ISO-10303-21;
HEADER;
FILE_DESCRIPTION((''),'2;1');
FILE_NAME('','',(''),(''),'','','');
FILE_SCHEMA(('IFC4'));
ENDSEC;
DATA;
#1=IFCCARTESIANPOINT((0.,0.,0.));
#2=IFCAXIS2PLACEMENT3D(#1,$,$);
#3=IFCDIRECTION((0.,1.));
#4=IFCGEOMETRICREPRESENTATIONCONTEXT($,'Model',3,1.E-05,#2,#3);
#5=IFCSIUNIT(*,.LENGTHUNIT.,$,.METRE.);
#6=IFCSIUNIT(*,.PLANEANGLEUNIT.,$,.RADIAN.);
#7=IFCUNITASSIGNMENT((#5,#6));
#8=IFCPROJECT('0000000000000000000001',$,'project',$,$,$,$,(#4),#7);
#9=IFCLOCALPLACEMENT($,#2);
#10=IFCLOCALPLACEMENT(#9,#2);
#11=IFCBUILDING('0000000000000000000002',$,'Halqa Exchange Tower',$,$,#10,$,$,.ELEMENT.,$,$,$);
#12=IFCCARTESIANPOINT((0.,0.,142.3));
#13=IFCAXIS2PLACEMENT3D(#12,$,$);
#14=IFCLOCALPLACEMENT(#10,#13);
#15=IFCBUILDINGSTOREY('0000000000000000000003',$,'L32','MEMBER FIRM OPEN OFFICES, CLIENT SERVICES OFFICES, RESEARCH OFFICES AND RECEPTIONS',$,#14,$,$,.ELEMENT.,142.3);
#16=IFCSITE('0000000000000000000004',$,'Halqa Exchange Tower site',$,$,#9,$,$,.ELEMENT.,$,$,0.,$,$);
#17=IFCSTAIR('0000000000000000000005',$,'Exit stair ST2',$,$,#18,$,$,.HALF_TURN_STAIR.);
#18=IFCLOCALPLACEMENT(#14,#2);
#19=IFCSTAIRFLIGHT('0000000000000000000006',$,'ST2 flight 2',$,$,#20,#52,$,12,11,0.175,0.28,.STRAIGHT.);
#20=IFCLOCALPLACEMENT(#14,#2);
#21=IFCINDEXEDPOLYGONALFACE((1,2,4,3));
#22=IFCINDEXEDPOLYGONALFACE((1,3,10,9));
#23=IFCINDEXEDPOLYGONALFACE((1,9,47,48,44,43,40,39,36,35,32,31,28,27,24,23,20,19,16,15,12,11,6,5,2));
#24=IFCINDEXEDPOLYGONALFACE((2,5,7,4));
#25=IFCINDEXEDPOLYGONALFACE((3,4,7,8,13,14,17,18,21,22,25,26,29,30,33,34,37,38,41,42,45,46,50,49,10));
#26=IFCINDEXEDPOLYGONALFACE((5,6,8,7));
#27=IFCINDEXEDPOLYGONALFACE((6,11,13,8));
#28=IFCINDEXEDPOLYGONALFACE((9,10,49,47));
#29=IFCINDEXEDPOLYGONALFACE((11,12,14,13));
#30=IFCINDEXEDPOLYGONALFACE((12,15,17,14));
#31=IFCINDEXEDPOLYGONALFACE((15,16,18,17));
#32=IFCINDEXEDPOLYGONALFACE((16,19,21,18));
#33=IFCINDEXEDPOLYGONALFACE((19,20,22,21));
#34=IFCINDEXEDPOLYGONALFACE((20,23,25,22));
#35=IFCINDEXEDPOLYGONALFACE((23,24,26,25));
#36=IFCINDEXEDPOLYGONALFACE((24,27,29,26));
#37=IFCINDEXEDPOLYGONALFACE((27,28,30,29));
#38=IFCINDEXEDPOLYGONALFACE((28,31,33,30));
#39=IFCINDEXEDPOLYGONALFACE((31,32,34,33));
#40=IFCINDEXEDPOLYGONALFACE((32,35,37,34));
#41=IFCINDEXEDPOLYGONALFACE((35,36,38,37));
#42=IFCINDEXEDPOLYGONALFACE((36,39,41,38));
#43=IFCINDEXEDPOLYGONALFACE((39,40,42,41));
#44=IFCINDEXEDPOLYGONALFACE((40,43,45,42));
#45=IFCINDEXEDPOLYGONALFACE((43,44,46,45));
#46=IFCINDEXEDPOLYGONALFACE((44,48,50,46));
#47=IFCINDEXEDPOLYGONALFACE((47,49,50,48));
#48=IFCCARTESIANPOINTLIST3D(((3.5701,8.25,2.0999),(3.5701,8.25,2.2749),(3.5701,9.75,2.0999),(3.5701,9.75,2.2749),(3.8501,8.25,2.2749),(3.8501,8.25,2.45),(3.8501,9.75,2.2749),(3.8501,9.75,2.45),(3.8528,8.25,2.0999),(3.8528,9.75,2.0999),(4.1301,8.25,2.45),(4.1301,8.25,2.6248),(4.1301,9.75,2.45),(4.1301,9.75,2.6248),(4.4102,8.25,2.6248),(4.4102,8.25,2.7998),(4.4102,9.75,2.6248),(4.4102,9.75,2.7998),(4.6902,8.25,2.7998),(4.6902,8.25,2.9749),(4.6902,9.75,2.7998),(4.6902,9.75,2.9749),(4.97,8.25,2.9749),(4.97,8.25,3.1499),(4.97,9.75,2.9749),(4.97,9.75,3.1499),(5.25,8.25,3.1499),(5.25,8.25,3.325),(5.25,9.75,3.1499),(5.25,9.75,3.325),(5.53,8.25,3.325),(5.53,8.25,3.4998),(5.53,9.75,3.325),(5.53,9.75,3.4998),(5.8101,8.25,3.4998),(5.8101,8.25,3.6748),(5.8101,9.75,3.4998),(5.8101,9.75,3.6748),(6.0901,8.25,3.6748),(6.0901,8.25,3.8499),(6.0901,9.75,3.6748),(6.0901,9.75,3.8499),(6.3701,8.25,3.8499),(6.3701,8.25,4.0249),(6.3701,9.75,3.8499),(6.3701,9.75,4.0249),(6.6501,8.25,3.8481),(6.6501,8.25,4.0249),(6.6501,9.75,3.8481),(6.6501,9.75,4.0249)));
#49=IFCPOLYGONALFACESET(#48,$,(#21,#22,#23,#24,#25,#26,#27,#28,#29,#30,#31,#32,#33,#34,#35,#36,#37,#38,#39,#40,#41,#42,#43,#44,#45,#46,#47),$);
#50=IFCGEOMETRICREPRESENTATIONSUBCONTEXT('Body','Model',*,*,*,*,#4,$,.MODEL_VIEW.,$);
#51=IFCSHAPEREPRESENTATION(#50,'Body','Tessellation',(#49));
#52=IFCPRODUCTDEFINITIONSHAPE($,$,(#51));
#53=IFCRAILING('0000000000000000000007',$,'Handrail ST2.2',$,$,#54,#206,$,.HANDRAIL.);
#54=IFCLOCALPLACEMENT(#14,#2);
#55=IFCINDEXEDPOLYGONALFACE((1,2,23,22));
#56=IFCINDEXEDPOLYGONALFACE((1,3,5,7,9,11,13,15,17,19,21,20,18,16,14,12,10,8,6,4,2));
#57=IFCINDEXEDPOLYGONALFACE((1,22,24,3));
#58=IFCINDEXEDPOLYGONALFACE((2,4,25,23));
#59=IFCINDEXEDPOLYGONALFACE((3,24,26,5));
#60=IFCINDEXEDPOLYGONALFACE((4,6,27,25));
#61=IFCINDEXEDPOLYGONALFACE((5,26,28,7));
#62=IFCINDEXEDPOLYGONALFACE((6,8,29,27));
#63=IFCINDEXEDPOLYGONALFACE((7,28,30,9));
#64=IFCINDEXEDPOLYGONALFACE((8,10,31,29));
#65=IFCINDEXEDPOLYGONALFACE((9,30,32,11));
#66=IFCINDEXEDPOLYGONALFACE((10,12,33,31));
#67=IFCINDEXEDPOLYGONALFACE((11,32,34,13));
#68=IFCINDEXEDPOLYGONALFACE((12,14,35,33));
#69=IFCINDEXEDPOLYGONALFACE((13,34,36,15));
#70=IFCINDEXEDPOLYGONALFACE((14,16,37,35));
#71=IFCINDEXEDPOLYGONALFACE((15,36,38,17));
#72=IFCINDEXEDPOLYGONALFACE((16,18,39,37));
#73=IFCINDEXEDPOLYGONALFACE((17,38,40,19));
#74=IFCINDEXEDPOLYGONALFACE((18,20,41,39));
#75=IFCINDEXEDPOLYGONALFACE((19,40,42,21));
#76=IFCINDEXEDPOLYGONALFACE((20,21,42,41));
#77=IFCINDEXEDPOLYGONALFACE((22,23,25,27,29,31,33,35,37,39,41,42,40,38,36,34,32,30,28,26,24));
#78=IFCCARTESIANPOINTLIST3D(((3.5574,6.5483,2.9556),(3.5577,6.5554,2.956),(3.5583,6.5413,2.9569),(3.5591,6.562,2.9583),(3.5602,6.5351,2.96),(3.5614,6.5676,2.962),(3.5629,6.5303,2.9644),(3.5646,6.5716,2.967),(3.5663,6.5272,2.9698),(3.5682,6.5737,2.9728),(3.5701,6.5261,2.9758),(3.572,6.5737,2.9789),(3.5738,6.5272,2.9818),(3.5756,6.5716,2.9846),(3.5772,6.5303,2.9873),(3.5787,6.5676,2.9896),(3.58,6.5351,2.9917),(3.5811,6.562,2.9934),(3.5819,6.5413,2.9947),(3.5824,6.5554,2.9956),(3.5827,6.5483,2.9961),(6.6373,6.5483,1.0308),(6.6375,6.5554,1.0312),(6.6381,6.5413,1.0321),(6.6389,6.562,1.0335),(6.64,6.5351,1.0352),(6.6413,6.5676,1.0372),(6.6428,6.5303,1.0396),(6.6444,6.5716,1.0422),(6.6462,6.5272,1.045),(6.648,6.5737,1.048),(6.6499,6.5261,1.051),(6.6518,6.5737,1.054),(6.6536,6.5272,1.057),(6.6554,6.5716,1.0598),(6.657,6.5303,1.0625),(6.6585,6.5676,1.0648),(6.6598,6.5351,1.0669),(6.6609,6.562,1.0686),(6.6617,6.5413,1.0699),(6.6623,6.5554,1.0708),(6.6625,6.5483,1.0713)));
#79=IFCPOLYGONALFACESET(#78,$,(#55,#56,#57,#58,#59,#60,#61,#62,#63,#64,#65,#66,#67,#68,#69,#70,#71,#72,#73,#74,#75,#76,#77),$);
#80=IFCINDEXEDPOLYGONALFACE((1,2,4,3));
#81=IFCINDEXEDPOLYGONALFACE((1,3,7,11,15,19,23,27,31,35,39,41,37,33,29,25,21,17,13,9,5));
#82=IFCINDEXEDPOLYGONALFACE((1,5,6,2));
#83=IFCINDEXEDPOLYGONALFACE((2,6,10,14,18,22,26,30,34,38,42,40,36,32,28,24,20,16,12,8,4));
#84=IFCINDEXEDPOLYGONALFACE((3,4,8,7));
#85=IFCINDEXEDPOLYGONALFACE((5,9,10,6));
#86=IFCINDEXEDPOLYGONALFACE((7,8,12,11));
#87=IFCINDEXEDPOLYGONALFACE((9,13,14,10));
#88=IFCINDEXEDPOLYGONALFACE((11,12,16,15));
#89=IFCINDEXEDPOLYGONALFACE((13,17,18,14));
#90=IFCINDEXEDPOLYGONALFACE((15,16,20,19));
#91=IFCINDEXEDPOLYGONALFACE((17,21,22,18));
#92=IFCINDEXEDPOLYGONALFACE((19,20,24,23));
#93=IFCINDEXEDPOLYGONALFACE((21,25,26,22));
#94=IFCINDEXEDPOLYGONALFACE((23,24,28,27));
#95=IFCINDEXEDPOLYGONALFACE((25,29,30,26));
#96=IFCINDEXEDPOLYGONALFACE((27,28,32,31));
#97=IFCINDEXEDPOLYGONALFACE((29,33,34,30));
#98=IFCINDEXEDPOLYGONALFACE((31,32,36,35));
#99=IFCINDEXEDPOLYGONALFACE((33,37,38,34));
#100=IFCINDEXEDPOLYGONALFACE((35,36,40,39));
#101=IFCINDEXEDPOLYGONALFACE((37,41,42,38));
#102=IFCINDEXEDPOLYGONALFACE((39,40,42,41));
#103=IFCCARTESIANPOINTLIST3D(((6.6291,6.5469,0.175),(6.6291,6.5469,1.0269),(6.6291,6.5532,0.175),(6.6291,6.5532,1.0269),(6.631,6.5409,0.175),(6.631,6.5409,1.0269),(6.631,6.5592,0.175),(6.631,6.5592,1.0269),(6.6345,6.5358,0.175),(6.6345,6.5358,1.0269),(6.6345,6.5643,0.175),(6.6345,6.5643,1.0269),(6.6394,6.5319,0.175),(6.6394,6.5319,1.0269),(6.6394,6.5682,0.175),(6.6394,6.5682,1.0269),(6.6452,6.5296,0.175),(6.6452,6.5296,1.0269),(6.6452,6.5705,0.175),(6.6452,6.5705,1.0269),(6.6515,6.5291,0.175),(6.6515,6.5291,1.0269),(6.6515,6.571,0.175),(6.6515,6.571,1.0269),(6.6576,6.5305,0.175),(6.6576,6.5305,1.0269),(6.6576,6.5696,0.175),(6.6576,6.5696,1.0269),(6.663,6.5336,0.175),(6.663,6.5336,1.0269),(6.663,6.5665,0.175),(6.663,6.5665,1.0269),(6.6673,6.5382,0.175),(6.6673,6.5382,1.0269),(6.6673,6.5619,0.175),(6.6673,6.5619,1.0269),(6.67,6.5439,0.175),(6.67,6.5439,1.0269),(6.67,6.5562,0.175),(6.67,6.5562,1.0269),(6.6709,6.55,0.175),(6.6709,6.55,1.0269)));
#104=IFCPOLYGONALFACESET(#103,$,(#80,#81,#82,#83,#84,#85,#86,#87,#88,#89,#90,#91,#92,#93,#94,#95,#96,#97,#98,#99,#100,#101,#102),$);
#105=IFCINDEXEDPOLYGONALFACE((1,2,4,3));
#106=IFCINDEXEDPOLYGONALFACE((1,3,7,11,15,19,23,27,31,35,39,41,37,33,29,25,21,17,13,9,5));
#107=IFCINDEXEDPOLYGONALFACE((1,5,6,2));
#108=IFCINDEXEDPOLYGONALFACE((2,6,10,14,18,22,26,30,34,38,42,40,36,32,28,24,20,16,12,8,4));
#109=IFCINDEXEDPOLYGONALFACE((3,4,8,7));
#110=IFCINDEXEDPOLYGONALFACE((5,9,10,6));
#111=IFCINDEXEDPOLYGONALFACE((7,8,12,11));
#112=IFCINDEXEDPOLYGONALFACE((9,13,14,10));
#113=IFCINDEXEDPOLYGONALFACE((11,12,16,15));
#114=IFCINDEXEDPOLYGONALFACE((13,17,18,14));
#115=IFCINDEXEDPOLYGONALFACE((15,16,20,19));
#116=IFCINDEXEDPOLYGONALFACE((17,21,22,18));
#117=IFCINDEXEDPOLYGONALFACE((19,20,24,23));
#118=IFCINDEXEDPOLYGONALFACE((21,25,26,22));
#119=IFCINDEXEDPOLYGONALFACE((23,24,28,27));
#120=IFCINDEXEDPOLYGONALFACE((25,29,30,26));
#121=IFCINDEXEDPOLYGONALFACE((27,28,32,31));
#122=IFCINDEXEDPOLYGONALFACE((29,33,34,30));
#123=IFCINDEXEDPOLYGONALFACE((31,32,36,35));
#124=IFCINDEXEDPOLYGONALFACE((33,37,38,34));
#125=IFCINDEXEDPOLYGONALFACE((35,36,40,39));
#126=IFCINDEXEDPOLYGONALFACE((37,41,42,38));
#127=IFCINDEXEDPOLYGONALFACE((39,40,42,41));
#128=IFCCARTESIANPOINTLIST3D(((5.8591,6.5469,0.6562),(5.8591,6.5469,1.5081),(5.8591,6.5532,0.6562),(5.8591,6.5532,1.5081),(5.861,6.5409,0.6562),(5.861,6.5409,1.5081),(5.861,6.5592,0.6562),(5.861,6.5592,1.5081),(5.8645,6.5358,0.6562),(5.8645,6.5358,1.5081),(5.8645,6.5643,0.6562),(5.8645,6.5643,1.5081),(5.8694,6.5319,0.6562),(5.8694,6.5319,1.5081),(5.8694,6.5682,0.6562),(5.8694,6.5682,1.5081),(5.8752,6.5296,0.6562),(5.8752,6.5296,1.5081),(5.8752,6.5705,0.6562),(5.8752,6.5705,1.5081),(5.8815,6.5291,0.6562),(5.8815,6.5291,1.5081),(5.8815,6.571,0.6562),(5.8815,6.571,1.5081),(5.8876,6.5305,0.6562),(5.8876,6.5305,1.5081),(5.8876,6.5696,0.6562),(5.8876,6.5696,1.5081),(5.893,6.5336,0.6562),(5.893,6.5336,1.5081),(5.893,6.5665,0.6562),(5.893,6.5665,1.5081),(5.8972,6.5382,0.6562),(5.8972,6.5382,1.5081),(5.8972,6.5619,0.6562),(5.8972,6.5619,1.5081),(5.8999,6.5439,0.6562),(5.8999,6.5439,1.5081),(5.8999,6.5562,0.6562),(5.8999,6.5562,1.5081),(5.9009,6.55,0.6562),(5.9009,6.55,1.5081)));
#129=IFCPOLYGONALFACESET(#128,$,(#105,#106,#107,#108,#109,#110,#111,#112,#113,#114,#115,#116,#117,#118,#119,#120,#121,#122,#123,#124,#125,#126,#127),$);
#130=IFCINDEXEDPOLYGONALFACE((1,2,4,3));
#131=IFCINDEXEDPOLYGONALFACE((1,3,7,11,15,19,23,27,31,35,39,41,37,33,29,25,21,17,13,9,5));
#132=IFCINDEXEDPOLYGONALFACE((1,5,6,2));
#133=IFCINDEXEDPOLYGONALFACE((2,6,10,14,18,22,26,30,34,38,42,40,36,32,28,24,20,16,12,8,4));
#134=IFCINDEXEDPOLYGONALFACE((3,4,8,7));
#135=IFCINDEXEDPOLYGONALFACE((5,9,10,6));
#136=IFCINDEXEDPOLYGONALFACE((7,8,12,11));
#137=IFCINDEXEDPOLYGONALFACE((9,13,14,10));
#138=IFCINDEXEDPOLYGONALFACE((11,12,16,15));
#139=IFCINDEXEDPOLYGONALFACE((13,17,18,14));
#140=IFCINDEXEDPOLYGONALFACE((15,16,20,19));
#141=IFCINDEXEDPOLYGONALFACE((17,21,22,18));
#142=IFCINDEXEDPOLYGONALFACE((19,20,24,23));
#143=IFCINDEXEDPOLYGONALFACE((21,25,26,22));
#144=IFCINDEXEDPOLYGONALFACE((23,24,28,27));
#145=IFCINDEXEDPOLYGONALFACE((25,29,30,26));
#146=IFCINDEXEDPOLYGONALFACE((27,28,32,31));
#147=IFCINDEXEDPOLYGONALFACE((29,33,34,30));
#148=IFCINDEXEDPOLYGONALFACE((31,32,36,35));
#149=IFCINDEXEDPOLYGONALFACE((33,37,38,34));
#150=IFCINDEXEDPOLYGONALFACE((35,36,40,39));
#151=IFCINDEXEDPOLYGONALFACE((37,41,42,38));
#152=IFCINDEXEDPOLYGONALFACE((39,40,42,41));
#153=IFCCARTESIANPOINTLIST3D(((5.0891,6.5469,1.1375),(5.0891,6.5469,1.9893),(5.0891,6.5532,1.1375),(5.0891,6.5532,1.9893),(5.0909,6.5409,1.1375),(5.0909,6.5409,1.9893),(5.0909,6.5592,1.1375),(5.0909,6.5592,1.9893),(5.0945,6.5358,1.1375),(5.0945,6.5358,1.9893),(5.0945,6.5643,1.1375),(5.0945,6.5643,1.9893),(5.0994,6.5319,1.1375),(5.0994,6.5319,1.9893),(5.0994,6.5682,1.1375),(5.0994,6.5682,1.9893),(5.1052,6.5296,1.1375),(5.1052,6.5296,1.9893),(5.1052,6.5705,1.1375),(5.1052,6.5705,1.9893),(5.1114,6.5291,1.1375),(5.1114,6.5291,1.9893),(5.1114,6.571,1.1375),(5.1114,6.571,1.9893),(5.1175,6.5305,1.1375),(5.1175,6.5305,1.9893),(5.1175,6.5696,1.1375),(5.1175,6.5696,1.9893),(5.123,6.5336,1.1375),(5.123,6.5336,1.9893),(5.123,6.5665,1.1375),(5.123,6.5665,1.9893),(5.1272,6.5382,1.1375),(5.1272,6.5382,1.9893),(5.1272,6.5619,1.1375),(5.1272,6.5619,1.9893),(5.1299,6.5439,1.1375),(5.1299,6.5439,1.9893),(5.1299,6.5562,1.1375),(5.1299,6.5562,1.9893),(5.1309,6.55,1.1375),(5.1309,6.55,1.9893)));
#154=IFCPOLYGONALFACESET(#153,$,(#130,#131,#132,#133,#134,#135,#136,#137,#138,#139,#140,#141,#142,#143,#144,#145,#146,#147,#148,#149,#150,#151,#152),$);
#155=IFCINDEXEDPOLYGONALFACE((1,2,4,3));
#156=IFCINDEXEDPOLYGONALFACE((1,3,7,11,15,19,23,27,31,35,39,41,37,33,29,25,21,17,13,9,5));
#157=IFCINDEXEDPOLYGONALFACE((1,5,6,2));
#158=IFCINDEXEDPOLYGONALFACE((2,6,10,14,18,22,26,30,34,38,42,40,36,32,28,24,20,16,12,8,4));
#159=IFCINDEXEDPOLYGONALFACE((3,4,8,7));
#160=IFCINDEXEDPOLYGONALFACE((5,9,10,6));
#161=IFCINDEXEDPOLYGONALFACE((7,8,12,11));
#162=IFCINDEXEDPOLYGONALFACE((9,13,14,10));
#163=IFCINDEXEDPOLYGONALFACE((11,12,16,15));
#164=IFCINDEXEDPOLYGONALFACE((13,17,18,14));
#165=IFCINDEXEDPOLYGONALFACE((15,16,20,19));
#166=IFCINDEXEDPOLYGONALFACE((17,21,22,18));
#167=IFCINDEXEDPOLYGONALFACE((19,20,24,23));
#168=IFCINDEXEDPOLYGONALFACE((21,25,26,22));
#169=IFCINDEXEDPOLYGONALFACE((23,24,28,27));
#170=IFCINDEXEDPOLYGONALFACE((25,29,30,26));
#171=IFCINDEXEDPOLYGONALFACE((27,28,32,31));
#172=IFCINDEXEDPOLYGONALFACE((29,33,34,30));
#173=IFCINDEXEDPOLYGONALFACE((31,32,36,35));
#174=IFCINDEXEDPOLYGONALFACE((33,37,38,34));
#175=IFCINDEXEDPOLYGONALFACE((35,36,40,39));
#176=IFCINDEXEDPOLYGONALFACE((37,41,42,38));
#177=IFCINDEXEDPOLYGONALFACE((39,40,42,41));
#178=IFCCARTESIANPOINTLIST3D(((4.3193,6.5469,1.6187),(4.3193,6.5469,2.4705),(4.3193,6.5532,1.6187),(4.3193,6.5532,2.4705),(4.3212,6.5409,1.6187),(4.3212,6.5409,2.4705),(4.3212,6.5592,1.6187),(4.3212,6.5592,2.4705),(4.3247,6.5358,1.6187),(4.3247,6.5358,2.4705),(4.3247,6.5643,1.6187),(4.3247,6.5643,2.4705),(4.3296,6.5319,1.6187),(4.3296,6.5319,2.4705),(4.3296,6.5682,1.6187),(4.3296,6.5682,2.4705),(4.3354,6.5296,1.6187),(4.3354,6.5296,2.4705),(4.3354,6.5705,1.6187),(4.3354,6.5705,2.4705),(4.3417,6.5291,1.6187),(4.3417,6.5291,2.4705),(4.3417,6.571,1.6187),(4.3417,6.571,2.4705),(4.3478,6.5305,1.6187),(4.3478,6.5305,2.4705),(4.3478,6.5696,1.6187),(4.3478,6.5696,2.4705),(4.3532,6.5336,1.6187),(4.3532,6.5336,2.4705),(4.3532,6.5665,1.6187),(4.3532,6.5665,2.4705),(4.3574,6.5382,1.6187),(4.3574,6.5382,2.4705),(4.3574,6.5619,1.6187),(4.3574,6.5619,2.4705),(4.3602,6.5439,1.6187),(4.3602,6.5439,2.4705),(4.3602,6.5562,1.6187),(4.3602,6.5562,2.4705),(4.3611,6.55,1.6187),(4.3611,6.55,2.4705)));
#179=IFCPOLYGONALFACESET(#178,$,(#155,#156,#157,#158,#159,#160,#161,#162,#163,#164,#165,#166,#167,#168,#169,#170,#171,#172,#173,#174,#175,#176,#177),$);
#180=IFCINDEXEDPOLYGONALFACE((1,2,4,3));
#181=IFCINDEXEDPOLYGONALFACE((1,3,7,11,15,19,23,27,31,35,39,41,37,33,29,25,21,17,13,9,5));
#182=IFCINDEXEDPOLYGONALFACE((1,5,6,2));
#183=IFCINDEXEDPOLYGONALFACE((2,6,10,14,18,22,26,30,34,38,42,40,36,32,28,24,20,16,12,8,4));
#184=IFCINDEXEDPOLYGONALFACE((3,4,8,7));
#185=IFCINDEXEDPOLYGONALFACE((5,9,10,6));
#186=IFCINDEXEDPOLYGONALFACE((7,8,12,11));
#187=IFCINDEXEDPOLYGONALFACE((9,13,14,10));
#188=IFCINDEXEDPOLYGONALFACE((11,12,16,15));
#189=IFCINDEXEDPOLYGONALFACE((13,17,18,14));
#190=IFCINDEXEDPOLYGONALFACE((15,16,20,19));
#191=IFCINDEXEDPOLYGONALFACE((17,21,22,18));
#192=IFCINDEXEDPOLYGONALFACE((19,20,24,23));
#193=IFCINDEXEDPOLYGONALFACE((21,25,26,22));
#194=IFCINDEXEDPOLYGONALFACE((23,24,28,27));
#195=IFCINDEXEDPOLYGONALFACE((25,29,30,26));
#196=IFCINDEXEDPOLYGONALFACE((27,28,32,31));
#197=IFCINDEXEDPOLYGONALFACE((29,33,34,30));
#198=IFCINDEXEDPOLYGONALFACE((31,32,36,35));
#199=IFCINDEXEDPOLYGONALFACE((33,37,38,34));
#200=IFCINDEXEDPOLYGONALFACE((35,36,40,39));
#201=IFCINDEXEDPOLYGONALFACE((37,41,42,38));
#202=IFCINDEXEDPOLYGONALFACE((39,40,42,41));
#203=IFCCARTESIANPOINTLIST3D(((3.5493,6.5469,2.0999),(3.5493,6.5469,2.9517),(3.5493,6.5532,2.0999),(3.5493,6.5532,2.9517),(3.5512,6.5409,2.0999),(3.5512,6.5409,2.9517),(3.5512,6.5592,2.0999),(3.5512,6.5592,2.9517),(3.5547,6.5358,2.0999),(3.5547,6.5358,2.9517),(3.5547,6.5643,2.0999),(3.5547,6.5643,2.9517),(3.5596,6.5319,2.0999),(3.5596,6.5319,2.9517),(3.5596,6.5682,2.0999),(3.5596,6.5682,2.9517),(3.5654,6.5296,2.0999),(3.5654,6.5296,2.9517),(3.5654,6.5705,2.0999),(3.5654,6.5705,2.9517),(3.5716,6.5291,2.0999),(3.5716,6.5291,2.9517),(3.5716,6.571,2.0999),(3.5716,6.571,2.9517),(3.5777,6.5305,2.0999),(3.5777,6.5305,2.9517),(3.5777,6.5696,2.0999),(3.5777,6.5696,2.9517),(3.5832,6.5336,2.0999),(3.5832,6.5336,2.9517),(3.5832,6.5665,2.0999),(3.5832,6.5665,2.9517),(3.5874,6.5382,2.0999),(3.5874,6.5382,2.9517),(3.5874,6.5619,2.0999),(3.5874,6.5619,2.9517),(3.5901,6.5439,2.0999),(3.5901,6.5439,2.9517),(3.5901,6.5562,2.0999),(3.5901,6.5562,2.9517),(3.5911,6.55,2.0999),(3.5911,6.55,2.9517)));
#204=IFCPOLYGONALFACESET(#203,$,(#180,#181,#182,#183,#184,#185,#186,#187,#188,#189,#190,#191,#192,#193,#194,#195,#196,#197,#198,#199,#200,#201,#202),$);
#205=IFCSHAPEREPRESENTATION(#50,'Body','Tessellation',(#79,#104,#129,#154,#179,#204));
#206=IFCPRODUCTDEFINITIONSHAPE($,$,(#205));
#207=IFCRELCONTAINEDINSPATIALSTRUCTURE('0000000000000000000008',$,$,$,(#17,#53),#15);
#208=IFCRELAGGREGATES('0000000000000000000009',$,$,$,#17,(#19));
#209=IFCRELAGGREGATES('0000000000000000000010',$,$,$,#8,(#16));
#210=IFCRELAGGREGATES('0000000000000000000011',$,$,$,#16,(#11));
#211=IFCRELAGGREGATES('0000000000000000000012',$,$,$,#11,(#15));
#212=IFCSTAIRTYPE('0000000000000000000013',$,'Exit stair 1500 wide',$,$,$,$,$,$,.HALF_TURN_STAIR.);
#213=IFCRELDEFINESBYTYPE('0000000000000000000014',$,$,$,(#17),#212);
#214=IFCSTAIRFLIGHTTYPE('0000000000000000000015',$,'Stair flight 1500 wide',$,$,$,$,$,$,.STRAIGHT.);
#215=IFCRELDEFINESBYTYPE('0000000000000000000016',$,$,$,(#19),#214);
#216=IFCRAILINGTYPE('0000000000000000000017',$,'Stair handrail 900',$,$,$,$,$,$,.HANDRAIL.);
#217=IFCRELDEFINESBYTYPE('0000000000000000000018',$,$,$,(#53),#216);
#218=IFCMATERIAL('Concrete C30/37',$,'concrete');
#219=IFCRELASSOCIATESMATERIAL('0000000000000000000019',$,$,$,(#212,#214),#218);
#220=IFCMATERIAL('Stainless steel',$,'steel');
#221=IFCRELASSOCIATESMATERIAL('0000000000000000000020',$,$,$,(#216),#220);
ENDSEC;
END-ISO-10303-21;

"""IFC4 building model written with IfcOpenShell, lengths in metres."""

from ifc_helpers import new_model, si_unit, direction, frame, origin, origin_2d, place, context, subcontext, project, spatial, polyline, circle, outline, extrude, material, type_object, element, aggregate, save


model = new_model("IFC4")

# Units and contexts
model_context = context("Model", 3, precision=1e-05, world=origin(), true_north=direction((0.0, 1.0)))
body_context = subcontext(model_context, "Body", "Model", "MODEL_VIEW")
ifc_project = project(units=[si_unit("LENGTHUNIT", "METRE"), si_unit("PLANEANGLEUNIT", "RADIAN")], contexts=[model_context])

# Site, building, storey
site_placement = place(None, origin())
site = spatial("IfcSite", under=ifc_project, at=site_placement, Name="Halqa Exchange Tower site", CompositionType="ELEMENT", RefElevation=0.0)
building_placement = place(site_placement, origin())
building = spatial("IfcBuilding", under=site, at=building_placement, Name="Halqa Exchange Tower", CompositionType="ELEMENT")
storey_placement = place(building_placement, frame((0.0, 0.0, 142.3)))
storey = spatial("IfcBuildingStorey", under=building, at=storey_placement, Name="L32", Description="MEMBER FIRM OPEN OFFICES, CLIENT SERVICES OFFICES, RESEARCH OFFICES AND RECEPTIONS", CompositionType="ELEMENT", Elevation=142.3)

# Stair
ifc_material_1 = material(Name="Concrete C30/37", Category="concrete")
stair_type = type_object("IfcStairType", Name="Exit stair 1500 wide", PredefinedType="HALF_TURN_STAIR", material=ifc_material_1)
stair_1_placement = place(storey_placement, origin())
stair_1 = element("IfcStair", 1, at=stair_1_placement, inside=storey, type_object=stair_type, Name="Exit stair ST2", PredefinedType="HALF_TURN_STAIR")

# Stair flight
stair_flight_type = type_object("IfcStairFlightType", Name="Stair flight 1500 wide", PredefinedType="STRAIGHT", material=ifc_material_1)
stair_flight_1_placement = place(storey_placement, frame((3.5701, 9.0, 2.0999), z_axis=(0.0, 0.0, 1.0), x_axis=(1.0, 0.0, 0.0)))
stair_flight_1 = element("IfcStairFlight", 2, at=stair_flight_1_placement, type_object=stair_flight_type, Name="ST2 flight 2", NumberOfRisers=12, NumberOfTreads=11, PredefinedType="STRAIGHT", RiserHeight=0.175, TreadLength=0.28, context=body_context, shape_type="SweptSolid", body=[
    extrude(outline(polyline([(0.0, 0.0), (0.0, 0.175), (0.28, 0.175), (0.28, 0.3501), (0.5601, 0.3501), (0.5601, 0.5249), (0.8401, 0.5249), (0.8401, 0.7), (1.1201, 0.7), (1.1201, 0.875), (1.3999, 0.875), (1.3999, 1.05), (1.6799, 1.05), (1.6799, 1.2251), (1.96, 1.2251), (1.96, 1.3999), (2.24, 1.3999), (2.24, 1.575), (2.52, 1.575), (2.52, 1.75), (2.8, 1.75), (2.8, 1.925), (3.0801, 1.925), (3.0801, 2.1001), (3.0801, 1.7483), (0.2827, 0.0), (0.0, 0.0)])), frame((0.0, 0.75, 0.0), z_axis=(0.0, -1.0, 0.0), x_axis=(1.0, 0.0, 0.0)), (0.0, 0.0, 1.0), 1.5),
])
aggregate(stair_1, [stair_flight_1])

# Railing
ifc_material_2 = material(Name="Stainless steel", Category="steel")
railing_type_1 = type_object("IfcRailingType", Name="Stair handrail 900", PredefinedType="HANDRAIL", material=ifc_material_2)
railing_1_placement = place(storey_placement, frame((6.6499, 6.55, 0.175)))
element("IfcRailing", 3, at=railing_1_placement, inside=storey, type_object=railing_type_1, Name="Handrail ST2.2", PredefinedType="HANDRAIL", context=body_context, shape_type="SweptSolid", body=[
    extrude(circle(Radius=0.0239, at=origin_2d()), frame((0.0, 0.0, 0.876), z_axis=(-0.84801, 0.0, 0.529981), x_axis=(0.0, -1.0, 0.0)), (0.0, 0.0, 1.0), 3.6318),
    extrude(circle(Radius=0.021, at=origin_2d()), origin(), (0.0, 0.0, 1.0), 0.8518),
    extrude(circle(Radius=0.021, at=origin_2d()), frame((-0.77, 0.0, 0.4812)), (0.0, 0.0, 1.0), 0.8518),
    extrude(circle(Radius=0.021, at=origin_2d()), frame((-1.54, 0.0, 0.9624)), (0.0, 0.0, 1.0), 0.8518),
    extrude(circle(Radius=0.021, at=origin_2d()), frame((-2.3098, 0.0, 1.4436)), (0.0, 0.0, 1.0), 0.8518),
    extrude(circle(Radius=0.021, at=origin_2d()), frame((-3.0798, 0.0, 1.9248)), (0.0, 0.0, 1.0), 0.8518),
])

save(model, "model.ifc")
